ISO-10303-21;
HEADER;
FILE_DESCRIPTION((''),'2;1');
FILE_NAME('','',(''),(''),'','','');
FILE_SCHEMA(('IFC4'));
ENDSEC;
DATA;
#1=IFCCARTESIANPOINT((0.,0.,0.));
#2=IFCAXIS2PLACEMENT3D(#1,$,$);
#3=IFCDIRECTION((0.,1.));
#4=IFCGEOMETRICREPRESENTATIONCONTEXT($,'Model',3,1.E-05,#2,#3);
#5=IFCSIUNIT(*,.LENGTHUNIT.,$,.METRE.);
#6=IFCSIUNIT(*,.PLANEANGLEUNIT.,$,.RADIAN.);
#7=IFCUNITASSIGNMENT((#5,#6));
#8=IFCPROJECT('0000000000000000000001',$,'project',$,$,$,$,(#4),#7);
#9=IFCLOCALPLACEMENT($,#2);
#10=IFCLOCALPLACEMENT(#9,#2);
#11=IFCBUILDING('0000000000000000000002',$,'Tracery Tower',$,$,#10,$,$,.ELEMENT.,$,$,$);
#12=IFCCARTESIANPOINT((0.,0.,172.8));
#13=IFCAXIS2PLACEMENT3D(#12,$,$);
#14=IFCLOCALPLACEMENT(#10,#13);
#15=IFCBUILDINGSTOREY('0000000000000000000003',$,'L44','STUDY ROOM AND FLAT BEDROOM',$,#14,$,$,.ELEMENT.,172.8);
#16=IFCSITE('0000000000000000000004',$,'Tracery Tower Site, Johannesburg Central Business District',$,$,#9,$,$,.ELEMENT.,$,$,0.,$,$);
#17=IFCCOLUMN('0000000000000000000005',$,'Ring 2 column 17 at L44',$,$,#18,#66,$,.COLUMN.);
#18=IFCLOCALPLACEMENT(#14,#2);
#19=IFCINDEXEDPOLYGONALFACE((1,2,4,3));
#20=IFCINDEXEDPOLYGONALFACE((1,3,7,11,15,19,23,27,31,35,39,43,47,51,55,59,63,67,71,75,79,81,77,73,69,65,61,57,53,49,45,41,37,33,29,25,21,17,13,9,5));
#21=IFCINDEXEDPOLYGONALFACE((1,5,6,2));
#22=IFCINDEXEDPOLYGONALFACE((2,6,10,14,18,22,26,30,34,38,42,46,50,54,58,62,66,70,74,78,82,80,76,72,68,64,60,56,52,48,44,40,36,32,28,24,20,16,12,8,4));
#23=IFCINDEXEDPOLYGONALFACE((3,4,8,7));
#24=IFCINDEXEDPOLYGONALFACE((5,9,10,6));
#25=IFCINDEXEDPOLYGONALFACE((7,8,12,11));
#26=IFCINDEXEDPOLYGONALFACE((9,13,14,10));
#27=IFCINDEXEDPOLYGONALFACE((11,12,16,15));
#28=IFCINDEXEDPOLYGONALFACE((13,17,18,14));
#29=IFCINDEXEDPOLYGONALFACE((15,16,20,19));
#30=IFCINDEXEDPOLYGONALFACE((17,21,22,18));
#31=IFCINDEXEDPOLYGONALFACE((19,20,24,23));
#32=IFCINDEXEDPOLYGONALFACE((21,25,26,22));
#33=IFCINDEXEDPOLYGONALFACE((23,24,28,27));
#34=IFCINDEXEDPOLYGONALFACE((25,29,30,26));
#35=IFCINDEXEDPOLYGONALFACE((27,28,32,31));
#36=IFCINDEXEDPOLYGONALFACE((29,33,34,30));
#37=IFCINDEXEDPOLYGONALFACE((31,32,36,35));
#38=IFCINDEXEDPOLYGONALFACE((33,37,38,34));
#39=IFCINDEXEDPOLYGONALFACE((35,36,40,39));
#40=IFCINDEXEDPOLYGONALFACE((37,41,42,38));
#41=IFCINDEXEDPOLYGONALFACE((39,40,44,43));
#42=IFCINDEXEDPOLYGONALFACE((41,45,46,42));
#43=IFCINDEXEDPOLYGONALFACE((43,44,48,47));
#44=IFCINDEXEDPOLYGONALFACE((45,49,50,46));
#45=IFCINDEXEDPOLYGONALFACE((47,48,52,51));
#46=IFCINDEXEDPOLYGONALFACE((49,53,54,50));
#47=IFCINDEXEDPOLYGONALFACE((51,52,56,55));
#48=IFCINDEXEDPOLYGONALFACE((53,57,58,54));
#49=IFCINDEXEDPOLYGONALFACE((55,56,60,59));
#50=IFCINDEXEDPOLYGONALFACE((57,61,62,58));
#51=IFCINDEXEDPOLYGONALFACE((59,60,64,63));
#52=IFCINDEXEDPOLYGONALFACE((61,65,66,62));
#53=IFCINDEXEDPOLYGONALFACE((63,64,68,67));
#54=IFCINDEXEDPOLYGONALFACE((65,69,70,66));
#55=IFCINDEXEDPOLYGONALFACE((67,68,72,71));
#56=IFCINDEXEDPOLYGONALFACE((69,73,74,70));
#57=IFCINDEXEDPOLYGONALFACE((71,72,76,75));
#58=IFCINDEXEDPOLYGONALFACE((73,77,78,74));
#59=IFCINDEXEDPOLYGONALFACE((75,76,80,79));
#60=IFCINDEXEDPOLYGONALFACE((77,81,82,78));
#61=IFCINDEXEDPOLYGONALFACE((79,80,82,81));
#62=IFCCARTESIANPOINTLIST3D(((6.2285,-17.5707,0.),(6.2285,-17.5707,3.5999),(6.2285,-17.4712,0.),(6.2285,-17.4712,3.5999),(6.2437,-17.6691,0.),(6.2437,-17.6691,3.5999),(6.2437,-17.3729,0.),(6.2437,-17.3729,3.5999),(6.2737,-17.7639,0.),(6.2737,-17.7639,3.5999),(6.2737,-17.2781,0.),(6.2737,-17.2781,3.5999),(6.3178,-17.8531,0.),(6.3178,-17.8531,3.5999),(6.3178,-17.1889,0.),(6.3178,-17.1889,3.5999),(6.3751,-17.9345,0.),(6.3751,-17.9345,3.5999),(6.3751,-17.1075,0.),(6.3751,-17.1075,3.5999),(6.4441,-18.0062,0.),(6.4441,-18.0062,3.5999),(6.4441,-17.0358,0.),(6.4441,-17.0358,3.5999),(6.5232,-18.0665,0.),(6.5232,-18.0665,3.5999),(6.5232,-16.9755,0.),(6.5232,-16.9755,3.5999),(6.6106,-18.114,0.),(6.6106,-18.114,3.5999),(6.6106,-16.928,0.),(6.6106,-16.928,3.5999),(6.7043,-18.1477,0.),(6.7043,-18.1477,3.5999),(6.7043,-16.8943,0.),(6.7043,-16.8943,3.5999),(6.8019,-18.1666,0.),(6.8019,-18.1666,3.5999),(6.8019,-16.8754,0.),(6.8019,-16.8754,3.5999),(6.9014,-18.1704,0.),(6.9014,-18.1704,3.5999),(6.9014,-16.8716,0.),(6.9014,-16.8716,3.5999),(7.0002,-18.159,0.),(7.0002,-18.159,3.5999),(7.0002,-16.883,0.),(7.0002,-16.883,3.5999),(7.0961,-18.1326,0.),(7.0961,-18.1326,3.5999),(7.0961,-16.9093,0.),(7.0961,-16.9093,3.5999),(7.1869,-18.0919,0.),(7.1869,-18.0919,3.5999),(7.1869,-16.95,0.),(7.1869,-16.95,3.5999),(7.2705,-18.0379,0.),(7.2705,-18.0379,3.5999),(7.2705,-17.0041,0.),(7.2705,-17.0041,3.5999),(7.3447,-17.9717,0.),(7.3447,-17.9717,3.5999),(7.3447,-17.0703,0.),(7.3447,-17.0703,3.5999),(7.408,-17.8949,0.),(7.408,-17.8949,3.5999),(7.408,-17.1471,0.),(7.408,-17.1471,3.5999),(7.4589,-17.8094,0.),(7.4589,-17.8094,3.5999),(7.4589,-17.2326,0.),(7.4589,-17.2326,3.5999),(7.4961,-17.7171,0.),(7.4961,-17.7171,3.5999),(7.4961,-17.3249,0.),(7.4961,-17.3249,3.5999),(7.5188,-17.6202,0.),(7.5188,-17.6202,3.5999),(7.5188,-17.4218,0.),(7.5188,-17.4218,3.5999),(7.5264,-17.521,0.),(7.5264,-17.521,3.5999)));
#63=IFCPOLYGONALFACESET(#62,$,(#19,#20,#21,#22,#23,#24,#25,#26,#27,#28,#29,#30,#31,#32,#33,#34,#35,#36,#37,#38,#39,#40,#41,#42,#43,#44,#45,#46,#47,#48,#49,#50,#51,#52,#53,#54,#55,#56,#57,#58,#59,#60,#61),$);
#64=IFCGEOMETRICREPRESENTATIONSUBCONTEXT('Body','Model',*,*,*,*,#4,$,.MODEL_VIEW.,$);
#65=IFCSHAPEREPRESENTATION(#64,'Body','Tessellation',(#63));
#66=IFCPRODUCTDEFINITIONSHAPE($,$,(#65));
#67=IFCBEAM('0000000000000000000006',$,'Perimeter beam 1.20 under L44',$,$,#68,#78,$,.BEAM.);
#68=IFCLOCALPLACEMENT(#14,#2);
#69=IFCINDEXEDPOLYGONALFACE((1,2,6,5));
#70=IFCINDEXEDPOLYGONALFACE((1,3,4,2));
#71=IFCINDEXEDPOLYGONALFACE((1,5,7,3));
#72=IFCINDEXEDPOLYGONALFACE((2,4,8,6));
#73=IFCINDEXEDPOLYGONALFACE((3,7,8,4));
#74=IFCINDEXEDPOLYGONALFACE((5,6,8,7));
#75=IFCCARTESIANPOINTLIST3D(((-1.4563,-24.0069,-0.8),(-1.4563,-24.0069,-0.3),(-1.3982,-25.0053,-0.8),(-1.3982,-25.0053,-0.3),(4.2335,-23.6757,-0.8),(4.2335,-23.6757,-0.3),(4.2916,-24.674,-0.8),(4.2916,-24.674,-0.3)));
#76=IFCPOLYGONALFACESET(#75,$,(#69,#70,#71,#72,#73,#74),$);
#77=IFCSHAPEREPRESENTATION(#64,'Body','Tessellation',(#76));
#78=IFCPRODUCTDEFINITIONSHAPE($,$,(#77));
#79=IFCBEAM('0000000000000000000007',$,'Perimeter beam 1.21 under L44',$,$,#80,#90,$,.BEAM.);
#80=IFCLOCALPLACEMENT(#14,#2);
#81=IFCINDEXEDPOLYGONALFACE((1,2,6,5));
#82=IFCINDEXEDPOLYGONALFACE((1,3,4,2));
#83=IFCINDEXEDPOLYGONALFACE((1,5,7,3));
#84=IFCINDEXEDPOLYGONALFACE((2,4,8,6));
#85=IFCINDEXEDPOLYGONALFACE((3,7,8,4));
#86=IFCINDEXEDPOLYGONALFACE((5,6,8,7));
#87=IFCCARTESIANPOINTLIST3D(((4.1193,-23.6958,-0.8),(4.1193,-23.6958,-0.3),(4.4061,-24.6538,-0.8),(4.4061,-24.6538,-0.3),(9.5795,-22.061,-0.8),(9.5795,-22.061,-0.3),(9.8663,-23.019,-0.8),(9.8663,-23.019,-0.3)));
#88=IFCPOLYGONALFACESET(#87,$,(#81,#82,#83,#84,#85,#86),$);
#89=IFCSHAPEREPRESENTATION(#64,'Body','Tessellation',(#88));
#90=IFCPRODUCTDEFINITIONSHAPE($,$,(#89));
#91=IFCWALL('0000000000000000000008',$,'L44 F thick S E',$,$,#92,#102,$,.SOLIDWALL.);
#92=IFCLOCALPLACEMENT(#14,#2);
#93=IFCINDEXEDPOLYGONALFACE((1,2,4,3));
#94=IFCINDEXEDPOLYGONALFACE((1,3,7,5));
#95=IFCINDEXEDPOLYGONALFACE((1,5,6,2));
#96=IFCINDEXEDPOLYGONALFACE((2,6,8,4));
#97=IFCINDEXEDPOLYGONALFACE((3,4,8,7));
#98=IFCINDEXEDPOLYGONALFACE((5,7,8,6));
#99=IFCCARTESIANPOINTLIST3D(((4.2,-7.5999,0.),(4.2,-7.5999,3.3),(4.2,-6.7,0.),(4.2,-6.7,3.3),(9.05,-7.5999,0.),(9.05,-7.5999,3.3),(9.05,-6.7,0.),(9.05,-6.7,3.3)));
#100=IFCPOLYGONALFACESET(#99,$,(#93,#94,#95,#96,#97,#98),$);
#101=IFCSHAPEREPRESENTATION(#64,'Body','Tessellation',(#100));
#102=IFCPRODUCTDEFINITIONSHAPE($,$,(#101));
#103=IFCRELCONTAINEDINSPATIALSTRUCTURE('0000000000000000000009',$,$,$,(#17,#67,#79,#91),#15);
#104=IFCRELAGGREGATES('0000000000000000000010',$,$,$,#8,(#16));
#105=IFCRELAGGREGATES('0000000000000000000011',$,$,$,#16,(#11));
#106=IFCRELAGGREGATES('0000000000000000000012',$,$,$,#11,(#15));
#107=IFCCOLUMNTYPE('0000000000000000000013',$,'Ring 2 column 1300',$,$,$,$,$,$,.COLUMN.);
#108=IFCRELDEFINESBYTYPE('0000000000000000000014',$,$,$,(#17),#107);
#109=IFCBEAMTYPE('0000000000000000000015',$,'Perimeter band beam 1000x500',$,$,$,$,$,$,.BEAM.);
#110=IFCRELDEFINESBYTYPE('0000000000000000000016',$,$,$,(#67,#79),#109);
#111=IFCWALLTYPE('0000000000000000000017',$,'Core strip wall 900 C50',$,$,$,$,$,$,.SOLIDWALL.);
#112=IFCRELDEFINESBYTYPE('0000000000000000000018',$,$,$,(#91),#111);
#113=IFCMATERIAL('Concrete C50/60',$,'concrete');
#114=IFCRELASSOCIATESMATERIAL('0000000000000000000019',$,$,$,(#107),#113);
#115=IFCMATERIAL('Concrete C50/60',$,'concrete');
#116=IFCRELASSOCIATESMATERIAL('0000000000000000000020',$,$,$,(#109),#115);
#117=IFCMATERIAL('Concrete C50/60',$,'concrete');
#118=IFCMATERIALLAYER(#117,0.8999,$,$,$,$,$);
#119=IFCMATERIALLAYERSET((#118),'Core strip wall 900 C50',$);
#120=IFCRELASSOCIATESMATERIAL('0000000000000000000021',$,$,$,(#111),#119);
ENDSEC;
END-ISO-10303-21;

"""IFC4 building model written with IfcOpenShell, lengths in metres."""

from ifc_helpers import new_model, si_unit, direction, frame, frame_2d, origin, origin_2d, place, context, subcontext, project, spatial, rectangle, circle, extrude, material, layer, layer_set, material_profile, profile_set, type_object, element, save


model = new_model("IFC4")

# Units and contexts
model_context = context("Model", 3, precision=1e-05, world=origin(), true_north=direction((0.0, 1.0)))
body_context = subcontext(model_context, "Body", "Model", "MODEL_VIEW")
ifc_project = project(units=[si_unit("LENGTHUNIT", "METRE"), si_unit("PLANEANGLEUNIT", "RADIAN")], contexts=[model_context])

# Site, building, storey
site_placement = place(None, origin())
site = spatial("IfcSite", under=ifc_project, at=site_placement, Name="Tracery Tower Site, Johannesburg Central Business District", CompositionType="ELEMENT", RefElevation=0.0)
building_placement = place(site_placement, origin())
building = spatial("IfcBuilding", under=site, at=building_placement, Name="Tracery Tower", CompositionType="ELEMENT")
storey_placement = place(building_placement, frame((0.0, 0.0, 172.8)))
storey = spatial("IfcBuildingStorey", under=building, at=storey_placement, Name="L44", Description="STUDY ROOM AND FLAT BEDROOM", CompositionType="ELEMENT", Elevation=172.8)

# Column
ifc_material_1 = material(Name="Concrete C50/60", Category="concrete")
ifc_material_profile_1 = material_profile(ifc_material_1, circle(Radius=0.6499, at=origin_2d()), Name="RC D1300")
ifc_profile_set_1 = profile_set([ifc_material_profile_1], Name="Concrete C50/60")
column_type_1 = type_object("IfcColumnType", Name="Ring 2 column 1300", PredefinedType="COLUMN", material=ifc_profile_set_1)
for number, where, z_axis, x_axis, name in (
    (1, (6.8765, -17.521, 0.0), (0.0, 0.0, 1.0), (1.0, 0.0, 0.0), "Ring 2 column 17 at L44"),
):
    element("IfcColumn", number, at=place(storey_placement, frame(where, z_axis=z_axis, x_axis=x_axis)), inside=storey, type_object=column_type_1, Name=name, PredefinedType="COLUMN", context=body_context, shape_type="SweptSolid", body=[
        extrude(circle(Radius=0.6499, at=origin_2d()), origin(), (0.0, 0.0, 1.0), 3.5999),
    ])

# Beams
ifc_material_2 = material(Name="Concrete C50/60", Category="concrete")
ifc_material_profile_2 = material_profile(ifc_material_2, rectangle(XDim=1.0, YDim=0.5, at=origin_2d()), Name="RC 1000x500")
ifc_profile_set_2 = profile_set([ifc_material_profile_2], Name="Concrete C50/60")
beam_type = type_object("IfcBeamType", Name="Perimeter band beam 1000x500", PredefinedType="BEAM", material=ifc_profile_set_2)
beam_1_placement = place(storey_placement, frame((-1.4272, -24.5061, -0.55), z_axis=(0.998309, 0.058127, 0.0), x_axis=(-0.058127, 0.998309, 0.0)))
element("IfcBeam", 2, at=beam_1_placement, inside=storey, type_object=beam_type, Name="Perimeter beam 1.20 under L44", PredefinedType="BEAM", context=body_context, shape_type="SweptSolid", body=[
    extrude(rectangle(XDim=1.0, YDim=0.5, at=origin_2d()), origin(), (0.0, 0.0, 1.0), 5.6995),
])
beam_2_placement = place(storey_placement, frame((4.2627, -24.1748, -0.55), z_axis=(0.957985, 0.286817, 0.0), x_axis=(-0.286817, 0.957985, 0.0)))
element("IfcBeam", 3, at=beam_2_placement, inside=storey, type_object=beam_type, Name="Perimeter beam 1.21 under L44", PredefinedType="BEAM", context=body_context, shape_type="SweptSolid", body=[
    extrude(rectangle(XDim=1.0, YDim=0.5, at=origin_2d()), origin(), (0.0, 0.0, 1.0), 5.6997),
])

# Wall
ifc_material_3 = material(Name="Concrete C50/60", Category="concrete")
ifc_layer_1 = layer(ifc_material_3, 0.8999)
ifc_layer_set_1 = layer_set([ifc_layer_1], Name="Core strip wall 900 C50")
wall_type_1 = type_object("IfcWallType", Name="Core strip wall 900 C50", PredefinedType="SOLIDWALL", material=ifc_layer_set_1)
wall_1_placement = place(storey_placement, frame((4.2, -7.1499, 0.0), z_axis=(0.0, 0.0, 1.0), x_axis=(1.0, 0.0, 0.0)))
element("IfcWall", 4, at=wall_1_placement, inside=storey, type_object=wall_type_1, Name="L44 F thick S E", PredefinedType="SOLIDWALL", context=body_context, shape_type="SweptSolid", body=[
    extrude(rectangle(XDim=4.8501, YDim=0.8999, at=frame_2d((2.425, 0.0))), origin(), (0.0, 0.0, 1.0), 3.3),
])

save(model, "model.ifc")
